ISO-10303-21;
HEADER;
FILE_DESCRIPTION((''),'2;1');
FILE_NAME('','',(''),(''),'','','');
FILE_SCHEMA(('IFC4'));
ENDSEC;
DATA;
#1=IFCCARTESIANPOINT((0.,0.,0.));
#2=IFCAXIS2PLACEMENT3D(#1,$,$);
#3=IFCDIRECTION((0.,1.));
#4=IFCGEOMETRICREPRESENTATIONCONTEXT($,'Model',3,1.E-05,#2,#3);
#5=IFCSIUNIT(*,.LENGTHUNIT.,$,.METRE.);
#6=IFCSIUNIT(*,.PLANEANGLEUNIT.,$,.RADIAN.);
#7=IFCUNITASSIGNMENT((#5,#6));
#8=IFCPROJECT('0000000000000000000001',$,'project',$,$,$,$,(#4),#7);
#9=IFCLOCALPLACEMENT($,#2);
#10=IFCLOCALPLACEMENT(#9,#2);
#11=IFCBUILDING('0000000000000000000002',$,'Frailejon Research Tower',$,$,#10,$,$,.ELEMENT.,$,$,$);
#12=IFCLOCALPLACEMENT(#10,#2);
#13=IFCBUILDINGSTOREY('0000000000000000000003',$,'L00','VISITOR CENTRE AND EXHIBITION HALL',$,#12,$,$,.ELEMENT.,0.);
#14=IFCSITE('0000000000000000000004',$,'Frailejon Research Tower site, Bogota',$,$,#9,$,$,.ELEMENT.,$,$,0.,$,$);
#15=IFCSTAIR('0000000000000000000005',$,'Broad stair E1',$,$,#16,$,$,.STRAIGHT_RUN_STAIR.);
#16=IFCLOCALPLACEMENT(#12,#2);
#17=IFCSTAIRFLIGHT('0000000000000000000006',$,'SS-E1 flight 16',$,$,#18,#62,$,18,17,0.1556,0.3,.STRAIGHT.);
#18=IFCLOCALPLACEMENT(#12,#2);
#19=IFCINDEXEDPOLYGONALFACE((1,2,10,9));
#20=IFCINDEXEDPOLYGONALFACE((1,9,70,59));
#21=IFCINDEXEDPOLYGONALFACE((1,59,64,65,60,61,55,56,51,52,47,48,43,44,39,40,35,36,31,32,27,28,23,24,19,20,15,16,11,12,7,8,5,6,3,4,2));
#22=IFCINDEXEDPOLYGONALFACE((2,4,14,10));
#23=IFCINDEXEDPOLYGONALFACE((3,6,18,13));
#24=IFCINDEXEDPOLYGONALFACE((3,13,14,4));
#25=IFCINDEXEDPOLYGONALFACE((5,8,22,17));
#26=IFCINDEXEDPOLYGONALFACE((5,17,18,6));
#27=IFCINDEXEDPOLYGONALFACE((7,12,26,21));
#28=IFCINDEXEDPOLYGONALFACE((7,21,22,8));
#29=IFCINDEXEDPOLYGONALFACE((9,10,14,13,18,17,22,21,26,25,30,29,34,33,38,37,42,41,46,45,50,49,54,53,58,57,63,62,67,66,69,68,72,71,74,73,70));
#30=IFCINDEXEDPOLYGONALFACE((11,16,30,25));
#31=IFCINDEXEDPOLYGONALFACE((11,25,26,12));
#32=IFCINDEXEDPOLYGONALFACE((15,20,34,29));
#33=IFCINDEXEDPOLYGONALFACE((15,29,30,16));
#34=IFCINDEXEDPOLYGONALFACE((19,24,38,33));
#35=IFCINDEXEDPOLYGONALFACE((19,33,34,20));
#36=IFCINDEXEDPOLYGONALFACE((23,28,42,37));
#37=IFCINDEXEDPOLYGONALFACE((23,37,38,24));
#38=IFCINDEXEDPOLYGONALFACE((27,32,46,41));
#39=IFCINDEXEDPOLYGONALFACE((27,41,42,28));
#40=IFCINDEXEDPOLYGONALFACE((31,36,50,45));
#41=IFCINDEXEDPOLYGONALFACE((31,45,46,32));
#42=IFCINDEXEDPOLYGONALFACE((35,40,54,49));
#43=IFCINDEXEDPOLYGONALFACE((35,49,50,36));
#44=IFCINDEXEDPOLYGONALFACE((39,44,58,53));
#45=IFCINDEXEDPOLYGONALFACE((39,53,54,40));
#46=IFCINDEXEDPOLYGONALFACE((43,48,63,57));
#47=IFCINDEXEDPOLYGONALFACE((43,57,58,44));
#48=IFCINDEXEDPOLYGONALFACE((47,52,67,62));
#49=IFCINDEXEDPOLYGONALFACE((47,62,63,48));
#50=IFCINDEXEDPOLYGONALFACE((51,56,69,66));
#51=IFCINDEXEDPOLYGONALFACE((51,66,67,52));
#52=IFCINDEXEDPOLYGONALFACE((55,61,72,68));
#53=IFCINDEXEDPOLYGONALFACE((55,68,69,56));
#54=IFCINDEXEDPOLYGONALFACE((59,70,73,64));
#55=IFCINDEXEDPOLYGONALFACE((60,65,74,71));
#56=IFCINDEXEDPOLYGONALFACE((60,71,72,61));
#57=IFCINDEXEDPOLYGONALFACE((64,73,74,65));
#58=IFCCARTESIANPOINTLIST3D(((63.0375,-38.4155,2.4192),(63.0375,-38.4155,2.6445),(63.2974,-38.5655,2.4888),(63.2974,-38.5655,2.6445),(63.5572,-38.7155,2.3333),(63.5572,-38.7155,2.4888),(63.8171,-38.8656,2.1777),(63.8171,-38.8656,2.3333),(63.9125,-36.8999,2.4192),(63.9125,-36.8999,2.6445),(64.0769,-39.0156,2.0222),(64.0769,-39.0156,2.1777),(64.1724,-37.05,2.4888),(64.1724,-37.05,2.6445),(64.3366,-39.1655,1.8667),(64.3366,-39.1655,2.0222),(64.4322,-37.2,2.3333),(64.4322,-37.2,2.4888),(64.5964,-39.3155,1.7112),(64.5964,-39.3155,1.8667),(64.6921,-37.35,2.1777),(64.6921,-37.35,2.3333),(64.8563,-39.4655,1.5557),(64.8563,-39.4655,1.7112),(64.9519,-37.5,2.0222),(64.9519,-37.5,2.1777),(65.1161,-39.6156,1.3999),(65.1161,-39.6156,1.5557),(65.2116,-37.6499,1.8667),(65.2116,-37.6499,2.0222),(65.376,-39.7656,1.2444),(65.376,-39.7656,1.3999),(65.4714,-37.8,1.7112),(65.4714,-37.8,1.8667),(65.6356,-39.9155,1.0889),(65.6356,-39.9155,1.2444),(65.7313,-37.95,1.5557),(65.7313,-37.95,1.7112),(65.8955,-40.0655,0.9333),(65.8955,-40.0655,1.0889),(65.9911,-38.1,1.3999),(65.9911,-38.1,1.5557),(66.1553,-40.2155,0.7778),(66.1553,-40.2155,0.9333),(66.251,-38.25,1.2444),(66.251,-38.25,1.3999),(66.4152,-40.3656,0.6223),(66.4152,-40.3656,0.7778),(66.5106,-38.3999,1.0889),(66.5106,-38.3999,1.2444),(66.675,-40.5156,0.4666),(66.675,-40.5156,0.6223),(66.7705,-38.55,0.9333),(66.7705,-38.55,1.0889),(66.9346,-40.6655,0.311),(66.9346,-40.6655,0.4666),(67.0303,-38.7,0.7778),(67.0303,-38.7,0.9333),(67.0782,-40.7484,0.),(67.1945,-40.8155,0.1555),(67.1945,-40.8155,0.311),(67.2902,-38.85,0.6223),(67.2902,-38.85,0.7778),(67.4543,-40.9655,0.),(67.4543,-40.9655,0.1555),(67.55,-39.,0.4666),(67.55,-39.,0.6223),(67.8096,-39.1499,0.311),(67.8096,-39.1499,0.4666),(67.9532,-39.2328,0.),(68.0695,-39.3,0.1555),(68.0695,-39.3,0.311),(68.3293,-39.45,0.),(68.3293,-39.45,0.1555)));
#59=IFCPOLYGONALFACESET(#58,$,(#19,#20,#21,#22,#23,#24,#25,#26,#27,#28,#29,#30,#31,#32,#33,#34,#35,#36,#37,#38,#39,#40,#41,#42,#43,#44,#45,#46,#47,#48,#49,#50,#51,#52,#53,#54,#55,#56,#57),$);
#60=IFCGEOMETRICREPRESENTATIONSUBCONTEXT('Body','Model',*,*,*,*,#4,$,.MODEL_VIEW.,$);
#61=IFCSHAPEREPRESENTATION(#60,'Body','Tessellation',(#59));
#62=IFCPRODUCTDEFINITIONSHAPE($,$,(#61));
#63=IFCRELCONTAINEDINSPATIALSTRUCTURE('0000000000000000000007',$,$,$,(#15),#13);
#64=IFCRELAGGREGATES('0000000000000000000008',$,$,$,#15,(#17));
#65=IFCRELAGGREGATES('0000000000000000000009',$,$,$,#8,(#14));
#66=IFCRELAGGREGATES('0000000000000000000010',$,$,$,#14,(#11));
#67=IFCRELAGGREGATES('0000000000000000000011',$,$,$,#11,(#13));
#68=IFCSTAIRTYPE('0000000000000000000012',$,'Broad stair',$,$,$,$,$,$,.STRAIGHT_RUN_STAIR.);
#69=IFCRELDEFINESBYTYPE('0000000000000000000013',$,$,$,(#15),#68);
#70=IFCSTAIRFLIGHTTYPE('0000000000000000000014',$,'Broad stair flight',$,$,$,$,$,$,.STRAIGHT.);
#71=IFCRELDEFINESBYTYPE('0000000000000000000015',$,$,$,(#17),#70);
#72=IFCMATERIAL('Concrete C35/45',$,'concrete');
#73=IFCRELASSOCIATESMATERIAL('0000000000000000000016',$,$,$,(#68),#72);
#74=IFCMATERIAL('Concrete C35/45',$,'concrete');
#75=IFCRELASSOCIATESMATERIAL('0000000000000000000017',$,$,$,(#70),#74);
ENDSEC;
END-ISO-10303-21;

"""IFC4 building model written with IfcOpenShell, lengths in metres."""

from ifc_helpers import new_model, si_unit, direction, frame, origin, place, context, subcontext, project, spatial, polyline, outline, extrude, material, type_object, element, aggregate, save


model = new_model("IFC4")

# Units and contexts
model_context = context("Model", 3, precision=1e-05, world=origin(), true_north=direction((0.0, 1.0)))
body_context = subcontext(model_context, "Body", "Model", "MODEL_VIEW")
ifc_project = project(units=[si_unit("LENGTHUNIT", "METRE"), si_unit("PLANEANGLEUNIT", "RADIAN")], contexts=[model_context])

# Site, building, storey
site_placement = place(None, origin())
site = spatial("IfcSite", under=ifc_project, at=site_placement, Name="Frailejon Research Tower site, Bogota", CompositionType="ELEMENT", RefElevation=0.0)
building_placement = place(site_placement, origin())
building = spatial("IfcBuilding", under=site, at=building_placement, Name="Frailejon Research Tower", CompositionType="ELEMENT")
storey_placement = place(building_placement, origin())
storey = spatial("IfcBuildingStorey", under=building, at=storey_placement, Name="L00", Description="VISITOR CENTRE AND EXHIBITION HALL", CompositionType="ELEMENT", Elevation=0.0)

# Stair, stair flight
ifc_material_1 = material(Name="Concrete C35/45", Category="concrete")
stair_type = type_object("IfcStairType", Name="Broad stair", PredefinedType="STRAIGHT_RUN_STAIR", material=ifc_material_1)
stair_placement = place(storey_placement, origin())
stair = element("IfcStair", 1, at=stair_placement, inside=storey, type_object=stair_type, Name="Broad stair E1", PredefinedType="STRAIGHT_RUN_STAIR")
ifc_material_2 = material(Name="Concrete C35/45", Category="concrete")
stair_flight_type = type_object("IfcStairFlightType", Name="Broad stair flight", PredefinedType="STRAIGHT", material=ifc_material_2)
stair_flight_1_placement = place(storey_placement, frame((67.8918, -40.2078, 0.0), z_axis=(0.0, 0.0, 1.0), x_axis=(-0.866025, 0.5, 0.0)))
stair_flight_1 = element("IfcStairFlight", 2, at=stair_flight_1_placement, type_object=stair_flight_type, Name="SS-E1 flight 16", NumberOfRisers=18, NumberOfTreads=17, PredefinedType="STRAIGHT", RiserHeight=0.1556, TreadLength=0.3, context=body_context, shape_type="SweptSolid", body=[
    extrude(outline(polyline([(0.0, 0.0), (0.0, 0.1555), (0.3, 0.1555), (0.3, 0.311), (0.6001, 0.311), (0.6001, 0.4666), (0.8999, 0.4666), (0.8999, 0.6223), (1.2, 0.6223), (1.2, 0.7778), (1.5, 0.7778), (1.5, 0.9333), (1.8, 0.9333), (1.8, 1.0889), (2.1001, 1.0889), (2.1001, 1.2444), (2.3999, 1.2444), (2.3999, 1.3999), (2.7, 1.3999), (2.7, 1.5557), (3.0, 1.5557), (3.0, 1.7112), (3.3, 1.7112), (3.3, 1.8667), (3.6001, 1.8667), (3.6001, 2.0222), (3.8999, 2.0222), (3.8999, 2.1777), (4.2, 2.1777), (4.2, 2.3333), (4.5, 2.3333), (4.5, 2.4888), (4.8, 2.4888), (4.8, 2.6445), (5.1001, 2.6445), (5.1001, 2.8), (5.1001, 2.4192), (0.4343, 0.0), (0.0, 0.0)])), frame((0.0, 0.875, 0.0), z_axis=(0.0, -1.0, 0.0), x_axis=(1.0, 0.0, 0.0)), (0.0, 0.0, 1.0), 1.75),
])
aggregate(stair, [stair_flight_1])

save(model, "model.ifc")
